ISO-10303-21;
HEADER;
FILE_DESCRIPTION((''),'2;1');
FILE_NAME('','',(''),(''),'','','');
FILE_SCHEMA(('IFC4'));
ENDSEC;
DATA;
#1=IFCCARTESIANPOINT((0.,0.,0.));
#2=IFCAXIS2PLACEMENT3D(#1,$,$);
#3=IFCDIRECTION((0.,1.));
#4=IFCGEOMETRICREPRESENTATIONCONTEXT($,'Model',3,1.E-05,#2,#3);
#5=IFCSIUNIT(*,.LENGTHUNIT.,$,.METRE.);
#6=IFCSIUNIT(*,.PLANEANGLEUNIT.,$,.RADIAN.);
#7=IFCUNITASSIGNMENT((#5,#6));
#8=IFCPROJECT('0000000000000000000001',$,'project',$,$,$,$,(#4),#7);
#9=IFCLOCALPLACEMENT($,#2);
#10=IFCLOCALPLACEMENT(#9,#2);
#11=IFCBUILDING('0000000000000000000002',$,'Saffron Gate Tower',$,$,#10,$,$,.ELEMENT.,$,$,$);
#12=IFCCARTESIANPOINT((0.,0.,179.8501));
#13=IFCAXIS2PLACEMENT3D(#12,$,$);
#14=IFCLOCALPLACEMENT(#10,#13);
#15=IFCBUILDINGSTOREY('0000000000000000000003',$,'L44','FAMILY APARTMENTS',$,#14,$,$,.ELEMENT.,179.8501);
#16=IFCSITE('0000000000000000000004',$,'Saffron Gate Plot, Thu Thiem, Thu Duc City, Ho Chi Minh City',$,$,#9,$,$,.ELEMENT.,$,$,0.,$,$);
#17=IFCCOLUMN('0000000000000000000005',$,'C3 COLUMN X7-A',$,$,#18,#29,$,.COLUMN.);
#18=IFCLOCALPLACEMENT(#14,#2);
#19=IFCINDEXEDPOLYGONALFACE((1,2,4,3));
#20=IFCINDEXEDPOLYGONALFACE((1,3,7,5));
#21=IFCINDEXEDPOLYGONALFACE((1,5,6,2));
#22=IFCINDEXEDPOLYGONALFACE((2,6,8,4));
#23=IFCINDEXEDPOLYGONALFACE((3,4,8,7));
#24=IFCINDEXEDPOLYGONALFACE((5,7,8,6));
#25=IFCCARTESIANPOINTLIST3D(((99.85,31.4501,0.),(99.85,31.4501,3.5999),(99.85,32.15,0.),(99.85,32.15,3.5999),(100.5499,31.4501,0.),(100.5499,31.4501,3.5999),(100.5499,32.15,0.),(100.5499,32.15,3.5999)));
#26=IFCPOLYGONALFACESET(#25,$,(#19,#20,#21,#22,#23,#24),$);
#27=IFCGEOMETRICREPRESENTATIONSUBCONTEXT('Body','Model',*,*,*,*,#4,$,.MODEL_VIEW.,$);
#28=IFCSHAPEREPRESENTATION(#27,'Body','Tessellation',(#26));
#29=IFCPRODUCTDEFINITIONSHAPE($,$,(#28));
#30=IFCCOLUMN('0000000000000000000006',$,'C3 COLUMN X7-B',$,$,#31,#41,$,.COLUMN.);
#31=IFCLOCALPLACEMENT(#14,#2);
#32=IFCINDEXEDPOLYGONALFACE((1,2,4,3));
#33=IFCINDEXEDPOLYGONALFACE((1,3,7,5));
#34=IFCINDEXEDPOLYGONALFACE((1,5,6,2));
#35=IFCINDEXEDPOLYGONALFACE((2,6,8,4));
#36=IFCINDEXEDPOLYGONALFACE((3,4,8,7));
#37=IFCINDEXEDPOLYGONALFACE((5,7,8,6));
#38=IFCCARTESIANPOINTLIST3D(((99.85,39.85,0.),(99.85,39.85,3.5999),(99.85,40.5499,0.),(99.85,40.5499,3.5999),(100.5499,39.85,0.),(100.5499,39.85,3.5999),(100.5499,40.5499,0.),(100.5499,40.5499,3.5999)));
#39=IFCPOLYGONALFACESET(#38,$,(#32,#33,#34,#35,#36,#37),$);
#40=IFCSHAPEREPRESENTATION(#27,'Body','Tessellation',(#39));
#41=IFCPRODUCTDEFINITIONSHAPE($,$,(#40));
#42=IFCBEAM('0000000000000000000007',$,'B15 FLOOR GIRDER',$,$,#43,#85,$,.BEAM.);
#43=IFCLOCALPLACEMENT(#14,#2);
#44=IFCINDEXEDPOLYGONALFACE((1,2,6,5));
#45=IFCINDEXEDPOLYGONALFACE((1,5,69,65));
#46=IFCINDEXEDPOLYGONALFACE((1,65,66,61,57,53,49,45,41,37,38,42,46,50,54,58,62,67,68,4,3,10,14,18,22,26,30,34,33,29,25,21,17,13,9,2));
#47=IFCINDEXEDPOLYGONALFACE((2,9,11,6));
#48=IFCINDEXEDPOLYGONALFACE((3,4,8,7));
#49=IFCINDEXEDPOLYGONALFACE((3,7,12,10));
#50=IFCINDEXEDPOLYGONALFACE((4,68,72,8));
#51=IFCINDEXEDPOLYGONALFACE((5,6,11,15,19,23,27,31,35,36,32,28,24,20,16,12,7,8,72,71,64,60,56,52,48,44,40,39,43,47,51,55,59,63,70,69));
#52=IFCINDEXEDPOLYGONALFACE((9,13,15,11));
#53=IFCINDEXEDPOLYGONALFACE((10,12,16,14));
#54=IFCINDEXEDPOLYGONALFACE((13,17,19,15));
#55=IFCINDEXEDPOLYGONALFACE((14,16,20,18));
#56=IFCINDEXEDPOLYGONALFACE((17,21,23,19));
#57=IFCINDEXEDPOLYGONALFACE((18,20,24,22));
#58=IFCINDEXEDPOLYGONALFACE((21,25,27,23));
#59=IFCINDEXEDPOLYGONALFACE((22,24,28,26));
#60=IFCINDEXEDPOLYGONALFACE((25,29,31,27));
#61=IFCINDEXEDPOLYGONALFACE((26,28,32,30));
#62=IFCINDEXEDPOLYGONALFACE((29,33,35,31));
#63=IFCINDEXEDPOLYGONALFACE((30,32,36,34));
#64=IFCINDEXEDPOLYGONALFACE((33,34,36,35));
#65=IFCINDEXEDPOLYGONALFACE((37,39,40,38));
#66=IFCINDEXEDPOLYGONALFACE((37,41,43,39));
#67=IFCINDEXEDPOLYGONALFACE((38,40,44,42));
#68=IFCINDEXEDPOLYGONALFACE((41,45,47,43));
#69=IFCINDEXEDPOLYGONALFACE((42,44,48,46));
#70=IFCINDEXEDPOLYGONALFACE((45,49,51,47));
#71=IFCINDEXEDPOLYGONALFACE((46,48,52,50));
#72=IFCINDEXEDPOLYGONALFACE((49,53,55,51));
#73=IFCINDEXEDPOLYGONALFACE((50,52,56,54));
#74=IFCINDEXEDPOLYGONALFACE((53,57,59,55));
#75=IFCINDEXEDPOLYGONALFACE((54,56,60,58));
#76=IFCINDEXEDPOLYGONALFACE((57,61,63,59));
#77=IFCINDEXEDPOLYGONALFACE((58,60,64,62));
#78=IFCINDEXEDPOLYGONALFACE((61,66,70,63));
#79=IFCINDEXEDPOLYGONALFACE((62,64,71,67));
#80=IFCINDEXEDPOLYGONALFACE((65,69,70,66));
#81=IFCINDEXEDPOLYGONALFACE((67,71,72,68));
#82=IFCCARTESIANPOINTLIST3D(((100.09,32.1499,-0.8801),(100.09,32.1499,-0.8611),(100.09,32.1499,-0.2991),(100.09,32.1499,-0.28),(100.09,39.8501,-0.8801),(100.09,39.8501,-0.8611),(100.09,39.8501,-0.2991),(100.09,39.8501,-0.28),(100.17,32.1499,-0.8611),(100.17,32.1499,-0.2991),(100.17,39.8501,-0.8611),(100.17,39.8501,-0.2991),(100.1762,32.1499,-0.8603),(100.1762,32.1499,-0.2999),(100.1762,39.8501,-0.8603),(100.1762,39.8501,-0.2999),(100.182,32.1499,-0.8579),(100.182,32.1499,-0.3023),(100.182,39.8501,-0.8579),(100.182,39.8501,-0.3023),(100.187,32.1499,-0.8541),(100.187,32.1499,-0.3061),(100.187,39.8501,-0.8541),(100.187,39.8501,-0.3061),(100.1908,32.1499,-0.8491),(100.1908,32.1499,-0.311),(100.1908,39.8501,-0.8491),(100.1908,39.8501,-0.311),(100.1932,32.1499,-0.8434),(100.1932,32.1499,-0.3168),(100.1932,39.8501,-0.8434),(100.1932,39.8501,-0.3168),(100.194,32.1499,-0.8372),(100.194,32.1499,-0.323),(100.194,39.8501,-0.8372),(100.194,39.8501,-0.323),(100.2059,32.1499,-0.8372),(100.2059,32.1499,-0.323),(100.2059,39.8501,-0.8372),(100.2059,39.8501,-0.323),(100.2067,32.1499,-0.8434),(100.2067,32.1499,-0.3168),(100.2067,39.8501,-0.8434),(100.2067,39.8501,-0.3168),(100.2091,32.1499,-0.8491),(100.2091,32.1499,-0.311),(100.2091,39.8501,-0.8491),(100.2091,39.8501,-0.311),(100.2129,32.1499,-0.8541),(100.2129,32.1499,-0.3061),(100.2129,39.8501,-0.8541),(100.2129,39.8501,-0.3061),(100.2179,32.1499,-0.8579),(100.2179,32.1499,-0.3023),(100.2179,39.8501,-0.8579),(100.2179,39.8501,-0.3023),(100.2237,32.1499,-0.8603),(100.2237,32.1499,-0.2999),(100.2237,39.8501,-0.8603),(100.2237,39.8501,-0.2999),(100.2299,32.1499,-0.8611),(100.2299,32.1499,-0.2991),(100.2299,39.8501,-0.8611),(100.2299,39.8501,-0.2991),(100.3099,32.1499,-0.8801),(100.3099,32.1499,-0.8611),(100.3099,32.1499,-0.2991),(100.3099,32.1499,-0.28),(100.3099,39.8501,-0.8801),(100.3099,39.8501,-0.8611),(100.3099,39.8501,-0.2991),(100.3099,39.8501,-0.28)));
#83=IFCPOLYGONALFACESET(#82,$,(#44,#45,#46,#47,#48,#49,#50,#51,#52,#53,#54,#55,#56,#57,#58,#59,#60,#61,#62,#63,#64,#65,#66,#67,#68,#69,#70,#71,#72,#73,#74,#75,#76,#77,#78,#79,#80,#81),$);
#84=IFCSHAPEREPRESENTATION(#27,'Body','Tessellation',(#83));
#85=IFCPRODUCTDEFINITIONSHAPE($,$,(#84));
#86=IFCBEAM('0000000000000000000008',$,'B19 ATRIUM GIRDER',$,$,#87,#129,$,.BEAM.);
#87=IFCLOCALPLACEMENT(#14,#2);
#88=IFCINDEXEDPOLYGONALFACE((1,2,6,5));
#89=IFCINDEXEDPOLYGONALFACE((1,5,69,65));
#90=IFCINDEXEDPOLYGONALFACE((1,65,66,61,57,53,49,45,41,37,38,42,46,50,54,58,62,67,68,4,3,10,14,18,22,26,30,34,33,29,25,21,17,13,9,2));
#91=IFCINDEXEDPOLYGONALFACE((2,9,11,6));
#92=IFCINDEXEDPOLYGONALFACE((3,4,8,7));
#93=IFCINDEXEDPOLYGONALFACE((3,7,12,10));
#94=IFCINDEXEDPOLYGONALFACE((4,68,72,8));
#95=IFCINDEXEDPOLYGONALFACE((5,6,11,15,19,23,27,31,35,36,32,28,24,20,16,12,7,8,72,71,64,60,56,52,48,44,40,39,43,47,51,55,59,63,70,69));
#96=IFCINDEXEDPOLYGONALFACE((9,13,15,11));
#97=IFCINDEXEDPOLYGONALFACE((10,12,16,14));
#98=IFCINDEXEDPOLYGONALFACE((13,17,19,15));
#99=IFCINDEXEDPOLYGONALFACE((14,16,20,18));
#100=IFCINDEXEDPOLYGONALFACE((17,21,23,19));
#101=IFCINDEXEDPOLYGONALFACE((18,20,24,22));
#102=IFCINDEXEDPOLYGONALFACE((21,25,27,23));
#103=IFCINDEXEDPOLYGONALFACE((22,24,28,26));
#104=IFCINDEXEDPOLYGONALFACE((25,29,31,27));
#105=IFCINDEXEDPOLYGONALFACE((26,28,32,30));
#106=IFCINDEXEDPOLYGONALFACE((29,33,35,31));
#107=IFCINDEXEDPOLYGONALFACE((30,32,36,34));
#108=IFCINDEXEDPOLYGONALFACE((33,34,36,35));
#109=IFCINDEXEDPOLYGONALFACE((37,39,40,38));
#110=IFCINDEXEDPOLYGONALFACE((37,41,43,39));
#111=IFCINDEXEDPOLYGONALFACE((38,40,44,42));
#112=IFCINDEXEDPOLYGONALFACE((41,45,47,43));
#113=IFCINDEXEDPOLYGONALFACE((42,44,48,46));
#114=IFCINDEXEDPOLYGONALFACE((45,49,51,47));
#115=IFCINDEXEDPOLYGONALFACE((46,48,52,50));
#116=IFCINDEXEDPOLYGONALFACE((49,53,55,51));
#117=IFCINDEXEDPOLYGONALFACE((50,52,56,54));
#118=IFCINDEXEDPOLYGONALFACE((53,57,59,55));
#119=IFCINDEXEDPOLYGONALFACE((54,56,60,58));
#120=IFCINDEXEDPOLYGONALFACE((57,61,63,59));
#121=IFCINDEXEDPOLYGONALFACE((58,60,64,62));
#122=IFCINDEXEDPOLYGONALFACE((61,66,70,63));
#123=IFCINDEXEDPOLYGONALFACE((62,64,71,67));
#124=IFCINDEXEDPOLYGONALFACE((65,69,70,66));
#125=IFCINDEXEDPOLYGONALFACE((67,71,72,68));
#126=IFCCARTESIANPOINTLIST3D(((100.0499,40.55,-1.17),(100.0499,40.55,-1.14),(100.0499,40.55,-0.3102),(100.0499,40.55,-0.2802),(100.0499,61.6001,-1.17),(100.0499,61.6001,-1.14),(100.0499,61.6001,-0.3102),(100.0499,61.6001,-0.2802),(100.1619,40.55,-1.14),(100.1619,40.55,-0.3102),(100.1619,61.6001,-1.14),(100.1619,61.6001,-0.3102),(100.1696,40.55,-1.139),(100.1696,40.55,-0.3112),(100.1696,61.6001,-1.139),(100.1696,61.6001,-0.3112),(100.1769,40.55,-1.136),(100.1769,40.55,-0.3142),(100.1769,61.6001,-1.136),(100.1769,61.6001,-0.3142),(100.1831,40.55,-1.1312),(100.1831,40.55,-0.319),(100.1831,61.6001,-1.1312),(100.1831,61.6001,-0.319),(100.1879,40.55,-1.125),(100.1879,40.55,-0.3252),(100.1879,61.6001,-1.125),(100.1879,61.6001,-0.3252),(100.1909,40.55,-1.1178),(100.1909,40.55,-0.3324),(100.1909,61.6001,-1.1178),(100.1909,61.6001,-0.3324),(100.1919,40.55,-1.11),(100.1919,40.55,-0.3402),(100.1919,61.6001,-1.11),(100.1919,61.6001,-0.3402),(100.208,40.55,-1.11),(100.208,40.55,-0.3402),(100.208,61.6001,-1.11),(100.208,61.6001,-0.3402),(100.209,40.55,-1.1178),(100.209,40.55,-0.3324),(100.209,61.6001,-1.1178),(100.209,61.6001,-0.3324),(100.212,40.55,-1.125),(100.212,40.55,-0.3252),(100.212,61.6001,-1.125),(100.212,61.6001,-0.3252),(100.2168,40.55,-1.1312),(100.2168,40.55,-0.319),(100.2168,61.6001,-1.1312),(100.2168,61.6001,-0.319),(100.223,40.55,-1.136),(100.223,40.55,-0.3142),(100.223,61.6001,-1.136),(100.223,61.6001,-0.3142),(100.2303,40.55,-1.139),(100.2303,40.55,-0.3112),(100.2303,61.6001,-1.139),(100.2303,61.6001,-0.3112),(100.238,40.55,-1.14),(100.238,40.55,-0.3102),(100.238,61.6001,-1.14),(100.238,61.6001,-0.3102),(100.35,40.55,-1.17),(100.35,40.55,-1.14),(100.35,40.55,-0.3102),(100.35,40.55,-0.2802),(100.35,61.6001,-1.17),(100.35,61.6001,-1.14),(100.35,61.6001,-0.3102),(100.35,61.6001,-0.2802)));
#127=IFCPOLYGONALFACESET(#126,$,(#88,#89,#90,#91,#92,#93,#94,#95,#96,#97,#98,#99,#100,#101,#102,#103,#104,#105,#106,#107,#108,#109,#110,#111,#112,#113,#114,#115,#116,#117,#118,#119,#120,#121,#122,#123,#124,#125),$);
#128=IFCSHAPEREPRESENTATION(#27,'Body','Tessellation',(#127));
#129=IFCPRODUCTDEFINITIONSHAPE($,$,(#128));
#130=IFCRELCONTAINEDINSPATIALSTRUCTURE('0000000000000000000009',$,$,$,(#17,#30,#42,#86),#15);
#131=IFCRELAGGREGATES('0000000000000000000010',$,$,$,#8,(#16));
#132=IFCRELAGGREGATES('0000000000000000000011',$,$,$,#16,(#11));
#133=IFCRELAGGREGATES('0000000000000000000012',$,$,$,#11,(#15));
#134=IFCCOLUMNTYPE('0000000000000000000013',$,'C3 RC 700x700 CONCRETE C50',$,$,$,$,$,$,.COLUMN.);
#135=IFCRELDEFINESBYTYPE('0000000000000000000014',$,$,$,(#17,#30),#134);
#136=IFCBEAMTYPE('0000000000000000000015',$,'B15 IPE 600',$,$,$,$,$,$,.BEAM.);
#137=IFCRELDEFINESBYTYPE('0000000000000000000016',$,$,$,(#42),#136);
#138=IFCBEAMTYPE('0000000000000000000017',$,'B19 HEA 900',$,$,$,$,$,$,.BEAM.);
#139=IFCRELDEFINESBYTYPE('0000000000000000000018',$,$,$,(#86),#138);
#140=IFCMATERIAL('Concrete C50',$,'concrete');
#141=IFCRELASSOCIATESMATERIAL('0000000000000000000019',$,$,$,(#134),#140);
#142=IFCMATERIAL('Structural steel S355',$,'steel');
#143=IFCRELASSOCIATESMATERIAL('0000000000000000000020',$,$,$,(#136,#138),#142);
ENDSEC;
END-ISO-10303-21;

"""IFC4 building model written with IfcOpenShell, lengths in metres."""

from ifc_helpers import new_model, si_unit, direction, frame, origin, origin_2d, place, context, subcontext, project, spatial, rectangle, i_section, extrude, material, material_profile, profile_set, type_object, element, save


model = new_model("IFC4")

# Units and contexts
model_context = context("Model", 3, precision=1e-05, world=origin(), true_north=direction((0.0, 1.0)))
body_context = subcontext(model_context, "Body", "Model", "MODEL_VIEW")
ifc_project = project(units=[si_unit("LENGTHUNIT", "METRE"), si_unit("PLANEANGLEUNIT", "RADIAN")], contexts=[model_context])

# Site, building, storey
site_placement = place(None, origin())
site = spatial("IfcSite", under=ifc_project, at=site_placement, Name="Saffron Gate Plot, Thu Thiem, Thu Duc City, Ho Chi Minh City", CompositionType="ELEMENT", RefElevation=0.0)
building_placement = place(site_placement, origin())
building = spatial("IfcBuilding", under=site, at=building_placement, Name="Saffron Gate Tower", CompositionType="ELEMENT")
storey_placement = place(building_placement, frame((0.0, 0.0, 179.8501)))
storey = spatial("IfcBuildingStorey", under=building, at=storey_placement, Name="L44", Description="FAMILY APARTMENTS", CompositionType="ELEMENT", Elevation=179.8501)

# Columns
ifc_material_1 = material(Name="Concrete C50", Category="concrete")
ifc_material_profile_1 = material_profile(ifc_material_1, rectangle(XDim=0.7, YDim=0.7, at=origin_2d()))
ifc_profile_set_1 = profile_set([ifc_material_profile_1], Name="Concrete C50")
column_type = type_object("IfcColumnType", Name="C3 RC 700x700 CONCRETE C50", PredefinedType="COLUMN", material=ifc_profile_set_1)
for number, where, z_axis, x_axis, name in (
    (1, (100.2, 31.8, 0.0), (0.0, 0.0, 1.0), (1.0, 0.0, 0.0), "C3 COLUMN X7-A"),
    (2, (100.2, 40.2, 0.0), (0.0, 0.0, 1.0), (1.0, 0.0, 0.0), "C3 COLUMN X7-B"),
):
    element("IfcColumn", number, at=place(storey_placement, frame(where, z_axis=z_axis, x_axis=x_axis)), inside=storey, type_object=column_type, Name=name, PredefinedType="COLUMN", context=body_context, shape_type="SweptSolid", body=[
        extrude(rectangle(XDim=0.7, YDim=0.7, at=origin_2d()), origin(), (0.0, 0.0, 1.0), 3.5999),
    ])

# Beams
ifc_material_2 = material(Name="Structural steel S355", Category="steel")
ifc_material_profile_2 = material_profile(ifc_material_2, i_section(OverallWidth=0.22, OverallDepth=0.6001, WebThickness=0.012, FlangeThickness=0.019, FilletRadius=0.0239, at=origin_2d()))
ifc_profile_set_2 = profile_set([ifc_material_profile_2], Name="Structural steel S355")
beam_type_1 = type_object("IfcBeamType", Name="B15 IPE 600", PredefinedType="BEAM", material=ifc_profile_set_2)
beam_1_placement = place(storey_placement, frame((100.2, 32.1499, -0.5801), z_axis=(0.0, 1.0, 0.0), x_axis=(-1.0, 0.0, 0.0)))
element("IfcBeam", 3, at=beam_1_placement, inside=storey, type_object=beam_type_1, Name="B15 FLOOR GIRDER", PredefinedType="BEAM", context=body_context, shape_type="SweptSolid", body=[
    extrude(i_section(OverallWidth=0.22, OverallDepth=0.6001, WebThickness=0.012, FlangeThickness=0.019, FilletRadius=0.0239, at=origin_2d()), origin(), (0.0, 0.0, 1.0), 7.7002),
])
ifc_material_profile_3 = material_profile(ifc_material_2, i_section(OverallWidth=0.3, OverallDepth=0.8899, WebThickness=0.0161, FlangeThickness=0.03, FilletRadius=0.03, at=origin_2d()))
ifc_profile_set_3 = profile_set([ifc_material_profile_3], Name="Structural steel S355")
beam_type_2 = type_object("IfcBeamType", Name="B19 HEA 900", PredefinedType="BEAM", material=ifc_profile_set_3)
beam_2_placement = place(storey_placement, frame((100.2, 40.55, -0.7251), z_axis=(0.0, 1.0, 0.0), x_axis=(-1.0, 0.0, 0.0)))
element("IfcBeam", 4, at=beam_2_placement, inside=storey, type_object=beam_type_2, Name="B19 ATRIUM GIRDER", PredefinedType="BEAM", context=body_context, shape_type="SweptSolid", body=[
    extrude(i_section(OverallWidth=0.3, OverallDepth=0.8899, WebThickness=0.0161, FlangeThickness=0.03, FilletRadius=0.03, at=origin_2d()), origin(), (0.0, 0.0, 1.0), 21.05),
])

save(model, "model.ifc")
